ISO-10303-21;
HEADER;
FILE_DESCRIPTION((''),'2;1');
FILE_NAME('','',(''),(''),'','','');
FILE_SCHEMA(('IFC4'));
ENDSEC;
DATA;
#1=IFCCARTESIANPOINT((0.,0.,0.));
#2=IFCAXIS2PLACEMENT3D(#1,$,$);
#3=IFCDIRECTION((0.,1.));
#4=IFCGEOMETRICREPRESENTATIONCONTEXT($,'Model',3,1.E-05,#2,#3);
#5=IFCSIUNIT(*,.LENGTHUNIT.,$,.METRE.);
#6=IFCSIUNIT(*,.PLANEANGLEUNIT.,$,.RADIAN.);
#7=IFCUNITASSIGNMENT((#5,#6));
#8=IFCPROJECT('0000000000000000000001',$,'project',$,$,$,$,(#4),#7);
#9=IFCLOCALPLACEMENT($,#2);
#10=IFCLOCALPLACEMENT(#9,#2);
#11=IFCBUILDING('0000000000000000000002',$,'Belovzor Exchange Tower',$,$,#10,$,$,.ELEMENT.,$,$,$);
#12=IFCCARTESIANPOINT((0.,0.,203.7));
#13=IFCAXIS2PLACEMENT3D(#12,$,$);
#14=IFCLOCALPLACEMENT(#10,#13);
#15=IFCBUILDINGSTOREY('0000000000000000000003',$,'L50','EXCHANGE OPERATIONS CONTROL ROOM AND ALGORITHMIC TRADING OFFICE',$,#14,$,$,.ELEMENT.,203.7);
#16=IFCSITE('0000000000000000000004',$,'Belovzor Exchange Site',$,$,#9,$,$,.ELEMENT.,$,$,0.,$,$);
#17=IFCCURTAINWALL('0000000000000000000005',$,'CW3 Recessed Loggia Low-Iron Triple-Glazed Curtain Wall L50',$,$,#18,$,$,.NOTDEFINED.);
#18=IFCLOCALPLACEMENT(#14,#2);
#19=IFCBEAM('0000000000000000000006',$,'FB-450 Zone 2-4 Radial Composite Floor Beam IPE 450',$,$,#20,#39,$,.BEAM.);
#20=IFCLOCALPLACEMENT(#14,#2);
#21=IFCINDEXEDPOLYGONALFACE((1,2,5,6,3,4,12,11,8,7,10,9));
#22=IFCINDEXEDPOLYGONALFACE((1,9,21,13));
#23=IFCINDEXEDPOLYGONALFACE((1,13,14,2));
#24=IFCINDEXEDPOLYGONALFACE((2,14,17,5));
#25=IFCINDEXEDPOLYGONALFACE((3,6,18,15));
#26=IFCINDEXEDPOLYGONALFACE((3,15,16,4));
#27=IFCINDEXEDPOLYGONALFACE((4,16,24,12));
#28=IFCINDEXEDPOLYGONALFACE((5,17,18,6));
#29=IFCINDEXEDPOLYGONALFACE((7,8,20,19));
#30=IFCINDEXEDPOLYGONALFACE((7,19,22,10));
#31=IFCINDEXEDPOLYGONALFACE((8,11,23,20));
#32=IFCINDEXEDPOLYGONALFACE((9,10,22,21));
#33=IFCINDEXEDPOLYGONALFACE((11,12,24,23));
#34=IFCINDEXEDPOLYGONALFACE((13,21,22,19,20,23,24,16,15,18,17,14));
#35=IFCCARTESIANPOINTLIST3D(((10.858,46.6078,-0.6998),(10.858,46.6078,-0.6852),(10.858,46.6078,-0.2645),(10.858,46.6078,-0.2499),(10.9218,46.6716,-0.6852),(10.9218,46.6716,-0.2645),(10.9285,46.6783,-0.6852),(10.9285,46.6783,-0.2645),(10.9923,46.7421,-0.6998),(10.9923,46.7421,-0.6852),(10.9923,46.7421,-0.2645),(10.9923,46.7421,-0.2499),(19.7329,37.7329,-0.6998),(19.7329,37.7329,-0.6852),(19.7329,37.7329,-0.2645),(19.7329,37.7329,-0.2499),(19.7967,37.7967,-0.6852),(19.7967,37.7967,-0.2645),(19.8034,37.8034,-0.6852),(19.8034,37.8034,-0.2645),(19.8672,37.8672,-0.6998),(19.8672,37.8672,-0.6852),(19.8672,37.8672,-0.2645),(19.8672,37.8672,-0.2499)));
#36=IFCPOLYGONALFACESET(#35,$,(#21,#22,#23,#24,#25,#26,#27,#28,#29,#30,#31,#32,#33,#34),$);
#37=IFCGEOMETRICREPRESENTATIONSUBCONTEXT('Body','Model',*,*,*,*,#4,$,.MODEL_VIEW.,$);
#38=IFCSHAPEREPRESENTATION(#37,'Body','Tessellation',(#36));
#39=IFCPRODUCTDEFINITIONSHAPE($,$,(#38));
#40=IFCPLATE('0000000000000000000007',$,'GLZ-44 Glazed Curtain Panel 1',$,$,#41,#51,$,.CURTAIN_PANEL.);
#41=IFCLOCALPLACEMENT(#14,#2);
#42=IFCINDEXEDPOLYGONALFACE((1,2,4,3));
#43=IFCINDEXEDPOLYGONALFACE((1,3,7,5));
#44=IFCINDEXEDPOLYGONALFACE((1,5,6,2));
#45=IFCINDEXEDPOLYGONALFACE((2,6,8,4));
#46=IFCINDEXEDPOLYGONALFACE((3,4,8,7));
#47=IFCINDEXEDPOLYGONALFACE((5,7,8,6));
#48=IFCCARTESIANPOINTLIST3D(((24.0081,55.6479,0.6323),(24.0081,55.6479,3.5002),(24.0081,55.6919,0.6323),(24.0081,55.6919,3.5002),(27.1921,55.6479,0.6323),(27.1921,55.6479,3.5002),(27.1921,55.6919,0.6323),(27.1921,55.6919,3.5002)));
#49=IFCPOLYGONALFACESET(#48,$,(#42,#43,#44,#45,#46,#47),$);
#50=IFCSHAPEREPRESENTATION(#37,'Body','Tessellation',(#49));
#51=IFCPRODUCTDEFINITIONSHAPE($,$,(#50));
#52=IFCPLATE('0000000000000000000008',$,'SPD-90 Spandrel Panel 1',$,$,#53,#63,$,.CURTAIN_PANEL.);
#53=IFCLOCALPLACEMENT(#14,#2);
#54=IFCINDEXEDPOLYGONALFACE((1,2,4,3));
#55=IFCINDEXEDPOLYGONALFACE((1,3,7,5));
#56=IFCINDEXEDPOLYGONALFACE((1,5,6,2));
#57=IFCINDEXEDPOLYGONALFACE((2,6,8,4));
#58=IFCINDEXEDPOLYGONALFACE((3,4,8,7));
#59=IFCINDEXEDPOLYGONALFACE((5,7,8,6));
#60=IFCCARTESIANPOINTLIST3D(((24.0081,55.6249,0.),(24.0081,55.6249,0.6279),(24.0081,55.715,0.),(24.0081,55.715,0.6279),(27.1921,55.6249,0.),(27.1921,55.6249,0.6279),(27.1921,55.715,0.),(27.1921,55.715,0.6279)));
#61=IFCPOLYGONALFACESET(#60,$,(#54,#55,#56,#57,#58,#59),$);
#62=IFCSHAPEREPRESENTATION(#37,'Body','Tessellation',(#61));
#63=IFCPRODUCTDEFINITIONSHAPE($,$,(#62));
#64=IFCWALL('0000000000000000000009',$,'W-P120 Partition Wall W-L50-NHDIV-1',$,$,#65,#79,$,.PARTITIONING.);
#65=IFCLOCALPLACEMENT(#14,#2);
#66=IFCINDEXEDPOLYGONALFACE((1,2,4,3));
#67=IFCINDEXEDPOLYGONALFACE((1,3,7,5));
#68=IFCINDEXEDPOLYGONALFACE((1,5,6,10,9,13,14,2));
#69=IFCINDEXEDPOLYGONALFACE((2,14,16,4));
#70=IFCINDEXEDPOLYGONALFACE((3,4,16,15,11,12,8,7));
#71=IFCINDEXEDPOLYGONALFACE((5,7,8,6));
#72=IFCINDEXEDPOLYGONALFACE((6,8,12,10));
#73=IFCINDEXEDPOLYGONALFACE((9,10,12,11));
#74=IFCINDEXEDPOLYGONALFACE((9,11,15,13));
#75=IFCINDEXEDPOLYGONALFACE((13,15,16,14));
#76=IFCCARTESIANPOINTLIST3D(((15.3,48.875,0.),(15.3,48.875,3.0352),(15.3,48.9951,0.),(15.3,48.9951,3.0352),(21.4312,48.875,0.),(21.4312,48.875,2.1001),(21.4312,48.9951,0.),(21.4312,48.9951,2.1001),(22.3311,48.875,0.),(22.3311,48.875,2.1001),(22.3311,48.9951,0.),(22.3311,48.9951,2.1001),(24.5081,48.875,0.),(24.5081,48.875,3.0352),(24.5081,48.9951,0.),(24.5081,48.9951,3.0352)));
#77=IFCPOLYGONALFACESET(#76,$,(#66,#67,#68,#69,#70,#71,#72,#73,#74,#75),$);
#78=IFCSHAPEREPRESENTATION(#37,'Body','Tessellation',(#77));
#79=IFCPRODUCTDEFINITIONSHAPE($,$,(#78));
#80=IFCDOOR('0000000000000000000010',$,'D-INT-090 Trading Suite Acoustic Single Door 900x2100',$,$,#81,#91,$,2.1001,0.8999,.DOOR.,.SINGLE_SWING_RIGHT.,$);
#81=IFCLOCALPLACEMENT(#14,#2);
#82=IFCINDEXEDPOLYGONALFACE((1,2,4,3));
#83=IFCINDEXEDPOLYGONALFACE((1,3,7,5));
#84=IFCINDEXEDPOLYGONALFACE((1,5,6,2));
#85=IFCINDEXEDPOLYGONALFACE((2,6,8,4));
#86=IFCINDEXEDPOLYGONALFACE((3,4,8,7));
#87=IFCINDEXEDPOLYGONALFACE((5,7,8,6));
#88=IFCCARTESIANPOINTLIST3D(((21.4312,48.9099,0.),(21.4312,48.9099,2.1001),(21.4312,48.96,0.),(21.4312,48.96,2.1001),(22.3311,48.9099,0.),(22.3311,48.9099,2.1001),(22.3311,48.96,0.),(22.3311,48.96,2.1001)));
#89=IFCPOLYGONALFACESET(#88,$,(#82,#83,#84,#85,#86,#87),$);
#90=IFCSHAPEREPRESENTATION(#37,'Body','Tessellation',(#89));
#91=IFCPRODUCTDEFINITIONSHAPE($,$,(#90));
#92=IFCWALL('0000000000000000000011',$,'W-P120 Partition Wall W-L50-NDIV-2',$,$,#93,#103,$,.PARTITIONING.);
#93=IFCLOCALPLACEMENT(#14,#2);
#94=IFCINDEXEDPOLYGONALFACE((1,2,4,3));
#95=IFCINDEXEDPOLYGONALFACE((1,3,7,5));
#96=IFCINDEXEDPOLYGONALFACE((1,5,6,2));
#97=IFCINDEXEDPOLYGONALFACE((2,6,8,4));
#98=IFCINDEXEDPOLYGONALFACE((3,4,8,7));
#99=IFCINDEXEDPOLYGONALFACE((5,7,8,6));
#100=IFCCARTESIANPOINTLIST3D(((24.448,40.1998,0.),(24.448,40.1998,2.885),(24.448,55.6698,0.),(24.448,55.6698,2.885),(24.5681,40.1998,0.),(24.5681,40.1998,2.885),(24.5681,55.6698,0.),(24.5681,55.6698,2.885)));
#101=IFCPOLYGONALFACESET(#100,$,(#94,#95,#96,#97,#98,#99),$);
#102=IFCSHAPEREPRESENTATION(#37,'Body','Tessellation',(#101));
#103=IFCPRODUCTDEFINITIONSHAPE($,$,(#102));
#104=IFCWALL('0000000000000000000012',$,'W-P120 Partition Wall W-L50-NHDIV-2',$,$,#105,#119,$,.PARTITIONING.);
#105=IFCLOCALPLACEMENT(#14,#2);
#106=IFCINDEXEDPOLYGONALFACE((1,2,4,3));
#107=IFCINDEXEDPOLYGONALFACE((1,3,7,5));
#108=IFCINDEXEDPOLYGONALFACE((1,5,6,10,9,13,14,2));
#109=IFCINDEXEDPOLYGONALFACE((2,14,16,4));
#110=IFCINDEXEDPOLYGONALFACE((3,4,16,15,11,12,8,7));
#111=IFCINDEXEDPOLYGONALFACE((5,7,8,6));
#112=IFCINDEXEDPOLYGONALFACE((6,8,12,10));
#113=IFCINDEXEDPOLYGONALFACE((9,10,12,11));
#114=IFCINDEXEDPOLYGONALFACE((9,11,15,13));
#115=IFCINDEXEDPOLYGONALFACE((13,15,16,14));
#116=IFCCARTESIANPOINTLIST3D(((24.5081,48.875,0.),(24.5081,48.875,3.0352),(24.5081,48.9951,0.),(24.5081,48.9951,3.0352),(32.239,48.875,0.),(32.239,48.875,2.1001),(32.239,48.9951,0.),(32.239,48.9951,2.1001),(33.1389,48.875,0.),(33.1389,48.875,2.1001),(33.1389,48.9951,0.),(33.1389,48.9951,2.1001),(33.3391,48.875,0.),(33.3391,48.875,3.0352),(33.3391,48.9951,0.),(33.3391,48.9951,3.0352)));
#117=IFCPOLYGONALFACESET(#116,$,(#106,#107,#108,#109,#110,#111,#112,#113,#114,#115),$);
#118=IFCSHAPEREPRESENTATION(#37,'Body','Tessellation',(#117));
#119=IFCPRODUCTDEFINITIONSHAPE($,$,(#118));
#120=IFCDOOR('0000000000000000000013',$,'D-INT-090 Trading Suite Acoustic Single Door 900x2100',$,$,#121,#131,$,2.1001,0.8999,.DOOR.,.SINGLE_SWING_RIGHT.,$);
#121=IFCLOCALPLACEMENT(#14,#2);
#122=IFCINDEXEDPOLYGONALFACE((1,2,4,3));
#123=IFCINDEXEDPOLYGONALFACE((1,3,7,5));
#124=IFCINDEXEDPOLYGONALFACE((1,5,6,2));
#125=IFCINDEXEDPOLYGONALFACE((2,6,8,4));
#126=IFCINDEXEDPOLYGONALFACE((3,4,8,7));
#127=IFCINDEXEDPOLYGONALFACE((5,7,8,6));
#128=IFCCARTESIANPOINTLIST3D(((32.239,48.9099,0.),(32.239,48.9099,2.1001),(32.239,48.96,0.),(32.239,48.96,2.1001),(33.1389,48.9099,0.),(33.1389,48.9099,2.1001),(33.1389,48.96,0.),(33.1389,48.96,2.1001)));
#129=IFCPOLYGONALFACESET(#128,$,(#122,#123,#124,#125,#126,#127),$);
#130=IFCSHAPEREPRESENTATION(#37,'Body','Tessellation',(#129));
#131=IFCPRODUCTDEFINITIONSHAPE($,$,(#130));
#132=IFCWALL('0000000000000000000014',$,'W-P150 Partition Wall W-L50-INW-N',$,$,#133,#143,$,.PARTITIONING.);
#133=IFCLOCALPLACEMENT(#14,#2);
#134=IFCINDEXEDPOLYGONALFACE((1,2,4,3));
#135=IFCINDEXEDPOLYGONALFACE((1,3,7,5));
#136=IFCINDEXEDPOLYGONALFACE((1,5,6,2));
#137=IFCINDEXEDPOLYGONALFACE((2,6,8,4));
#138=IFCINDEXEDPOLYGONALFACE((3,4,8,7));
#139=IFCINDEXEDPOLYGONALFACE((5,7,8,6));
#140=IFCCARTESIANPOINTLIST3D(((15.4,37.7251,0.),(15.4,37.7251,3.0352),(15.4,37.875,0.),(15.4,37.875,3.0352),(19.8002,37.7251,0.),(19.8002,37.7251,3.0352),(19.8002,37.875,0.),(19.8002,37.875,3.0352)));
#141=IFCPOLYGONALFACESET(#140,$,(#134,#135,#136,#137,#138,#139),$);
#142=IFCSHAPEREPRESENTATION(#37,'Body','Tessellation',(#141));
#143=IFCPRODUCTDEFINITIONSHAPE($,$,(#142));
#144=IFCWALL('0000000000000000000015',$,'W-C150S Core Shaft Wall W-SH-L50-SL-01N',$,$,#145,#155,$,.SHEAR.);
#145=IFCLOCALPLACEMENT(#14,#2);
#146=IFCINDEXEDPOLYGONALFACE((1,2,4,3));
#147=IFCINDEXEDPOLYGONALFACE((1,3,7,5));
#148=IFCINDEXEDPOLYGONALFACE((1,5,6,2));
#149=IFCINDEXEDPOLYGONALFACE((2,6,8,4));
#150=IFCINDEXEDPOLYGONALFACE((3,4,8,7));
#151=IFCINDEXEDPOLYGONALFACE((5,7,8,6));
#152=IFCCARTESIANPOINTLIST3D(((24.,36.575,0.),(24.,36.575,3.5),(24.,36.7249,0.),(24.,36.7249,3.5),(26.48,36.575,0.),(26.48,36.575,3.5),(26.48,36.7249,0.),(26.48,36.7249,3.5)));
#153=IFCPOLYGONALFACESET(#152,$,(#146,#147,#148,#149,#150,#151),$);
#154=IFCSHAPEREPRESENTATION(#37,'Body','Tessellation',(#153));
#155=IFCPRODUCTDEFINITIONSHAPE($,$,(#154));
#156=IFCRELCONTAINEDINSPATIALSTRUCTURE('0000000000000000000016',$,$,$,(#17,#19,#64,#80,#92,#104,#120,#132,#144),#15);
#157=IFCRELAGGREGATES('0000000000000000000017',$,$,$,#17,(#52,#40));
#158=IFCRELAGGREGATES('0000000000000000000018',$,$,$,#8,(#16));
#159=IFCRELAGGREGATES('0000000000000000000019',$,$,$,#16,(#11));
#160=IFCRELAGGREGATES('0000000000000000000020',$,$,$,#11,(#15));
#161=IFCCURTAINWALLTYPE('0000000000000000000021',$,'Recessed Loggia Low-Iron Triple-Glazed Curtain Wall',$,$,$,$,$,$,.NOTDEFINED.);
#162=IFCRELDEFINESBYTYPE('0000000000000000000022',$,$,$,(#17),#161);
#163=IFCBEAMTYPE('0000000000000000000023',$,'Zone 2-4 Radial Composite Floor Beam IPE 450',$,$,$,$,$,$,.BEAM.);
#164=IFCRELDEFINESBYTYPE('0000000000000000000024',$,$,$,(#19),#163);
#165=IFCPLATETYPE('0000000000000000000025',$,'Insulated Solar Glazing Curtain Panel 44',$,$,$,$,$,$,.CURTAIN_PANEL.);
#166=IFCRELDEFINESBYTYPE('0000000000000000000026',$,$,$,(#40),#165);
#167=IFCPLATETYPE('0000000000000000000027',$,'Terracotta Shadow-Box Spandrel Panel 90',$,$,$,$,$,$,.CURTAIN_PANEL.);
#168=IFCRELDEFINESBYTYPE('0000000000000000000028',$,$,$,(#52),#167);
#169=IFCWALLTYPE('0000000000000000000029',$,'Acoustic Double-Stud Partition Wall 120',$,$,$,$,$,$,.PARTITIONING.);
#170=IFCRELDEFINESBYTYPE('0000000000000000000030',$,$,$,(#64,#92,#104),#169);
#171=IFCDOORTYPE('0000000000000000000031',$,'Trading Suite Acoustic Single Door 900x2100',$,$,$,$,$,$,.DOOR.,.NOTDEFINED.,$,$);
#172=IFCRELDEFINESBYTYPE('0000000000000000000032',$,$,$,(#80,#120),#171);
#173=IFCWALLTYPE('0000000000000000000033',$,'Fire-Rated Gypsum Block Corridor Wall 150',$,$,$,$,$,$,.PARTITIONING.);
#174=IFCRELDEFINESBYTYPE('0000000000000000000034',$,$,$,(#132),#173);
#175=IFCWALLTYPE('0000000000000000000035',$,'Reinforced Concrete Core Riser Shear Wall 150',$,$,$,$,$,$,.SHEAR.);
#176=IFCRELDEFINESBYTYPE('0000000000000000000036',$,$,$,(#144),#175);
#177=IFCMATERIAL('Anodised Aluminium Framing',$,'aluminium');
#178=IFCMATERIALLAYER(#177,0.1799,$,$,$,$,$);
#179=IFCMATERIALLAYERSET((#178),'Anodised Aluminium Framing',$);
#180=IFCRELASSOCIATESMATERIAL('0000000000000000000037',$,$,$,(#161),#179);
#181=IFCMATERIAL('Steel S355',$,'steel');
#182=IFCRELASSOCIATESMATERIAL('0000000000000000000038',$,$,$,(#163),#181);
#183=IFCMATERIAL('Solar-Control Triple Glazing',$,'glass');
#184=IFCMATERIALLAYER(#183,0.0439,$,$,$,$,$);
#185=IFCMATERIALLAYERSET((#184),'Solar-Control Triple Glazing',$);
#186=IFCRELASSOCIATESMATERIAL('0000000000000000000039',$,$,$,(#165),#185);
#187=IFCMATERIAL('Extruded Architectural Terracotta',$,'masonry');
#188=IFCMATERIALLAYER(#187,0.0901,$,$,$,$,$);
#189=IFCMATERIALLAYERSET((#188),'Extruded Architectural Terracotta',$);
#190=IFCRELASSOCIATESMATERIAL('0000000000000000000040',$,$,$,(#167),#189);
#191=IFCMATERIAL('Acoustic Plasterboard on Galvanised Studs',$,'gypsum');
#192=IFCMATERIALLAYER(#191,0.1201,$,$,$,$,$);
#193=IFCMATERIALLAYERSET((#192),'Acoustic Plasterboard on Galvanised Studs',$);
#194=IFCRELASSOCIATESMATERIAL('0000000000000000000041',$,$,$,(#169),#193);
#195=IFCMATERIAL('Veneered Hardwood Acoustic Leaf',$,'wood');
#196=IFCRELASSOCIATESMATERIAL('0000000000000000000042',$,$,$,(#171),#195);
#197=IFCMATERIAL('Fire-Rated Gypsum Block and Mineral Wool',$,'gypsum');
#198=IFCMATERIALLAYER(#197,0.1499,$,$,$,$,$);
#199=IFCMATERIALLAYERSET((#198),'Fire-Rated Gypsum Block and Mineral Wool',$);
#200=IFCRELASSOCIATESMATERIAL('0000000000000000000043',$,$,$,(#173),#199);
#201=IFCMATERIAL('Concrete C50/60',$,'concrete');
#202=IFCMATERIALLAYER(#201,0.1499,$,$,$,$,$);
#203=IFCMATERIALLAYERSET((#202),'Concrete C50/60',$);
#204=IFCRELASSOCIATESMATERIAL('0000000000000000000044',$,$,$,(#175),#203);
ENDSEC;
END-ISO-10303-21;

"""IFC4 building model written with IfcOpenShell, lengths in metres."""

from ifc_helpers import new_model, si_unit, direction, frame, frame_2d, origin, origin_2d, place, context, subcontext, project, spatial, rectangle, i_section, extrude, material, layer, layer_set, material_profile, profile_set, type_object, element, fill, aggregate, save


model = new_model("IFC4")

# Units and contexts
model_context = context("Model", 3, precision=1e-05, world=origin(), true_north=direction((0.0, 1.0)))
body_context = subcontext(model_context, "Body", "Model", "MODEL_VIEW")
ifc_project = project(units=[si_unit("LENGTHUNIT", "METRE"), si_unit("PLANEANGLEUNIT", "RADIAN")], contexts=[model_context])

# Site, building, storey
site_placement = place(None, origin())
site = spatial("IfcSite", under=ifc_project, at=site_placement, Name="Belovzor Exchange Site", CompositionType="ELEMENT", RefElevation=0.0)
building_placement = place(site_placement, origin())
building = spatial("IfcBuilding", under=site, at=building_placement, Name="Belovzor Exchange Tower", CompositionType="ELEMENT")
storey_placement = place(building_placement, frame((0.0, 0.0, 203.7)))
storey = spatial("IfcBuildingStorey", under=building, at=storey_placement, Name="L50", Description="EXCHANGE OPERATIONS CONTROL ROOM AND ALGORITHMIC TRADING OFFICE", CompositionType="ELEMENT", Elevation=203.7)

# Curtain wall
ifc_material_1 = material(Name="Anodised Aluminium Framing", Category="aluminium")
ifc_layer_1 = layer(ifc_material_1, 0.1799)
ifc_layer_set_1 = layer_set([ifc_layer_1], Name="Anodised Aluminium Framing")
curtain_wall_type = type_object("IfcCurtainWallType", Name="Recessed Loggia Low-Iron Triple-Glazed Curtain Wall", PredefinedType="NOTDEFINED", material=ifc_layer_set_1)
curtain_wall_placement = place(storey_placement, origin())
curtain_wall = element("IfcCurtainWall", 1, at=curtain_wall_placement, inside=storey, type_object=curtain_wall_type, Name="CW3 Recessed Loggia Low-Iron Triple-Glazed Curtain Wall L50", PredefinedType="NOTDEFINED")

# Beam
ifc_material_2 = material(Name="Steel S355", Category="steel")
ifc_material_profile_1 = material_profile(ifc_material_2, i_section(OverallWidth=0.1899, OverallDepth=0.45, WebThickness=0.0095, FlangeThickness=0.0146, at=origin_2d()))
ifc_profile_set_1 = profile_set([ifc_material_profile_1], Name="Steel S355")
beam_type_1 = type_object("IfcBeamType", Name="Zone 2-4 Radial Composite Floor Beam IPE 450", PredefinedType="BEAM", material=ifc_profile_set_1)
beam_1_placement = place(storey_placement, frame((19.8, 37.8, -0.4749), z_axis=(-0.707107, 0.707107, 0.0), x_axis=(-0.707107, -0.707107, 0.0)))
element("IfcBeam", 2, at=beam_1_placement, inside=storey, type_object=beam_type_1, Name="FB-450 Zone 2-4 Radial Composite Floor Beam IPE 450", PredefinedType="BEAM", context=body_context, shape_type="SweptSolid", body=[
    extrude(i_section(OverallWidth=0.1899, OverallDepth=0.45, WebThickness=0.0095, FlangeThickness=0.0146, at=origin_2d()), origin(), (0.0, 0.0, 1.0), 12.551),
])

# Plates
ifc_material_3 = material(Name="Solar-Control Triple Glazing", Category="glass")
ifc_layer_2 = layer(ifc_material_3, 0.0439)
ifc_layer_set_2 = layer_set([ifc_layer_2], Name="Solar-Control Triple Glazing")
plate_type_1 = type_object("IfcPlateType", Name="Insulated Solar Glazing Curtain Panel 44", PredefinedType="CURTAIN_PANEL", material=ifc_layer_set_2)
plate_1_placement = place(storey_placement, frame((25.6001, 55.6699, 0.6323), z_axis=(0.0, 0.0, 1.0), x_axis=(1.0, 0.0, 0.0)))
plate_1 = element("IfcPlate", 3, at=plate_1_placement, type_object=plate_type_1, Name="GLZ-44 Glazed Curtain Panel 1", PredefinedType="CURTAIN_PANEL", context=body_context, shape_type="SweptSolid", body=[
    extrude(rectangle(XDim=3.1841, YDim=0.0439, at=origin_2d()), origin(), (0.0, 0.0, 1.0), 2.8679),
])
ifc_material_4 = material(Name="Extruded Architectural Terracotta", Category="masonry")
ifc_layer_3 = layer(ifc_material_4, 0.0901)
ifc_layer_set_3 = layer_set([ifc_layer_3], Name="Extruded Architectural Terracotta")
plate_type_2 = type_object("IfcPlateType", Name="Terracotta Shadow-Box Spandrel Panel 90", PredefinedType="CURTAIN_PANEL", material=ifc_layer_set_3)
plate_2_placement = place(storey_placement, frame((25.6001, 55.6699, 0.0), z_axis=(0.0, 0.0, 1.0), x_axis=(1.0, 0.0, 0.0)))
plate_2 = element("IfcPlate", 4, at=plate_2_placement, type_object=plate_type_2, Name="SPD-90 Spandrel Panel 1", PredefinedType="CURTAIN_PANEL", context=body_context, shape_type="SweptSolid", body=[
    extrude(rectangle(XDim=3.1841, YDim=0.0901, at=origin_2d()), origin(), (0.0, 0.0, 1.0), 0.6279),
])
aggregate(curtain_wall, [plate_2, plate_1])

# Wall, opening, door
ifc_material_5 = material(Name="Acoustic Plasterboard on Galvanised Studs", Category="gypsum")
ifc_layer_4 = layer(ifc_material_5, 0.1201)
ifc_layer_set_4 = layer_set([ifc_layer_4], Name="Acoustic Plasterboard on Galvanised Studs")
wall_type_1 = type_object("IfcWallType", Name="Acoustic Double-Stud Partition Wall 120", PredefinedType="PARTITIONING", material=ifc_layer_set_4)
wall_1_placement = place(storey_placement, frame((15.3, 48.9351, 0.0), z_axis=(0.0, 0.0, 1.0), x_axis=(1.0, 0.0, 0.0)))
wall_1 = element("IfcWall", 5, at=wall_1_placement, inside=storey, type_object=wall_type_1, Name="W-P120 Partition Wall W-L50-NHDIV-1", PredefinedType="PARTITIONING", context=body_context, shape_type="SweptSolid", body=[
    extrude(rectangle(XDim=9.208, YDim=0.1201, at=frame_2d((4.604, 0.0))), origin(), (0.0, 0.0, 1.0), 3.0352),
])
opening_1_placement = place(wall_1_placement, frame((6.1311, 0.0, 0.0)))
opening_1 = element("IfcOpeningElement", 6, at=opening_1_placement, cuts=wall_1, PredefinedType="OPENING", context=body_context, shape_type="SweptSolid", body=[
    extrude(rectangle(XDim=0.8999, YDim=2.1001, at=frame_2d((0.45, 1.05))), frame((0.0, 0.0701, 0.0), z_axis=(0.0, -1.0, 0.0), x_axis=(1.0, 0.0, 0.0)), (0.0, 0.0, 1.0), 0.1401),
])
ifc_material_6 = material(Name="Veneered Hardwood Acoustic Leaf", Category="wood")
door_type_1 = type_object("IfcDoorType", Name="Trading Suite Acoustic Single Door 900x2100", OperationType="NOTDEFINED", PredefinedType="DOOR", material=ifc_material_6)
door_1_placement = place(opening_1_placement, origin())
door_1 = element("IfcDoor", 7, at=door_1_placement, inside=storey, type_object=door_type_1, Name="D-INT-090 Trading Suite Acoustic Single Door 900x2100", OperationType="SINGLE_SWING_RIGHT", OverallHeight=2.1001, OverallWidth=0.8999, PredefinedType="DOOR", context=body_context, shape_type="SweptSolid", body=[
    extrude(rectangle(XDim=0.8999, YDim=2.1001, at=frame_2d((0.45, 1.05))), frame((0.0, 0.0249, 0.0), z_axis=(0.0, -1.0, 0.0), x_axis=(1.0, 0.0, 0.0)), (0.0, 0.0, 1.0), 0.05),
])
fill(opening_1, door_1)

# Wall
wall_2_placement = place(storey_placement, frame((24.5081, 40.2, 0.0), z_axis=(0.0, 0.0, 1.0), x_axis=(0.0, 1.0, 0.0)))
element("IfcWall", 8, at=wall_2_placement, inside=storey, type_object=wall_type_1, Name="W-P120 Partition Wall W-L50-NDIV-2", PredefinedType="PARTITIONING", context=body_context, shape_type="SweptSolid", body=[
    extrude(rectangle(XDim=15.47, YDim=0.1201, at=frame_2d((7.7349, 0.0))), origin(), (0.0, 0.0, 1.0), 2.885),
])

# Wall, opening, door
wall_3_placement = place(storey_placement, frame((24.5081, 48.9351, 0.0), z_axis=(0.0, 0.0, 1.0), x_axis=(1.0, 0.0, 0.0)))
wall_3 = element("IfcWall", 9, at=wall_3_placement, inside=storey, type_object=wall_type_1, Name="W-P120 Partition Wall W-L50-NHDIV-2", PredefinedType="PARTITIONING", context=body_context, shape_type="SweptSolid", body=[
    extrude(rectangle(XDim=8.8311, YDim=0.1201, at=frame_2d((4.4155, 0.0))), origin(), (0.0, 0.0, 1.0), 3.0352),
])
opening_2_placement = place(wall_3_placement, frame((7.731, 0.0, 0.0)))
opening_2 = element("IfcOpeningElement", 10, at=opening_2_placement, cuts=wall_3, PredefinedType="OPENING", context=body_context, shape_type="SweptSolid", body=[
    extrude(rectangle(XDim=0.8999, YDim=2.1001, at=frame_2d((0.45, 1.05))), frame((0.0, 0.0701, 0.0), z_axis=(0.0, -1.0, 0.0), x_axis=(1.0, 0.0, 0.0)), (0.0, 0.0, 1.0), 0.1401),
])
door_2_placement = place(opening_2_placement, origin())
door_2 = element("IfcDoor", 11, at=door_2_placement, inside=storey, type_object=door_type_1, Name="D-INT-090 Trading Suite Acoustic Single Door 900x2100", OperationType="SINGLE_SWING_RIGHT", OverallHeight=2.1001, OverallWidth=0.8999, PredefinedType="DOOR", context=body_context, shape_type="SweptSolid", body=[
    extrude(rectangle(XDim=0.8999, YDim=2.1001, at=frame_2d((0.45, 1.05))), frame((0.0, 0.0249, 0.0), z_axis=(0.0, -1.0, 0.0), x_axis=(1.0, 0.0, 0.0)), (0.0, 0.0, 1.0), 0.05),
])
fill(opening_2, door_2)

# Walls
ifc_material_7 = material(Name="Fire-Rated Gypsum Block and Mineral Wool", Category="gypsum")
ifc_layer_5 = layer(ifc_material_7, 0.1499)
ifc_layer_set_5 = layer_set([ifc_layer_5], Name="Fire-Rated Gypsum Block and Mineral Wool")
wall_type_2 = type_object("IfcWallType", Name="Fire-Rated Gypsum Block Corridor Wall 150", PredefinedType="PARTITIONING", material=ifc_layer_set_5)
wall_4_placement = place(storey_placement, frame((15.3999, 37.8, 0.0), z_axis=(0.0, 0.0, 1.0), x_axis=(1.0, 0.0, 0.0)))
element("IfcWall", 12, at=wall_4_placement, inside=storey, type_object=wall_type_2, Name="W-P150 Partition Wall W-L50-INW-N", PredefinedType="PARTITIONING", context=body_context, shape_type="SweptSolid", body=[
    extrude(rectangle(XDim=4.4001, YDim=0.1499, at=frame_2d((2.2002, 0.0))), origin(), (0.0, 0.0, 1.0), 3.0352),
])
ifc_material_8 = material(Name="Concrete C50/60", Category="concrete")
ifc_layer_6 = layer(ifc_material_8, 0.1499)
ifc_layer_set_6 = layer_set([ifc_layer_6], Name="Concrete C50/60")
wall_type_3 = type_object("IfcWallType", Name="Reinforced Concrete Core Riser Shear Wall 150", PredefinedType="SHEAR", material=ifc_layer_set_6)
wall_5_placement = place(storey_placement, frame((24.0, 36.6499, 0.0), z_axis=(0.0, 0.0, 1.0), x_axis=(1.0, 0.0, 0.0)))
element("IfcWall", 13, at=wall_5_placement, inside=storey, type_object=wall_type_3, Name="W-C150S Core Shaft Wall W-SH-L50-SL-01N", PredefinedType="SHEAR", context=body_context, shape_type="SweptSolid", body=[
    extrude(rectangle(XDim=2.48, YDim=0.1499, at=frame_2d((1.24, 0.0))), origin(), (0.0, 0.0, 1.0), 3.5),
])

save(model, "model.ifc")
